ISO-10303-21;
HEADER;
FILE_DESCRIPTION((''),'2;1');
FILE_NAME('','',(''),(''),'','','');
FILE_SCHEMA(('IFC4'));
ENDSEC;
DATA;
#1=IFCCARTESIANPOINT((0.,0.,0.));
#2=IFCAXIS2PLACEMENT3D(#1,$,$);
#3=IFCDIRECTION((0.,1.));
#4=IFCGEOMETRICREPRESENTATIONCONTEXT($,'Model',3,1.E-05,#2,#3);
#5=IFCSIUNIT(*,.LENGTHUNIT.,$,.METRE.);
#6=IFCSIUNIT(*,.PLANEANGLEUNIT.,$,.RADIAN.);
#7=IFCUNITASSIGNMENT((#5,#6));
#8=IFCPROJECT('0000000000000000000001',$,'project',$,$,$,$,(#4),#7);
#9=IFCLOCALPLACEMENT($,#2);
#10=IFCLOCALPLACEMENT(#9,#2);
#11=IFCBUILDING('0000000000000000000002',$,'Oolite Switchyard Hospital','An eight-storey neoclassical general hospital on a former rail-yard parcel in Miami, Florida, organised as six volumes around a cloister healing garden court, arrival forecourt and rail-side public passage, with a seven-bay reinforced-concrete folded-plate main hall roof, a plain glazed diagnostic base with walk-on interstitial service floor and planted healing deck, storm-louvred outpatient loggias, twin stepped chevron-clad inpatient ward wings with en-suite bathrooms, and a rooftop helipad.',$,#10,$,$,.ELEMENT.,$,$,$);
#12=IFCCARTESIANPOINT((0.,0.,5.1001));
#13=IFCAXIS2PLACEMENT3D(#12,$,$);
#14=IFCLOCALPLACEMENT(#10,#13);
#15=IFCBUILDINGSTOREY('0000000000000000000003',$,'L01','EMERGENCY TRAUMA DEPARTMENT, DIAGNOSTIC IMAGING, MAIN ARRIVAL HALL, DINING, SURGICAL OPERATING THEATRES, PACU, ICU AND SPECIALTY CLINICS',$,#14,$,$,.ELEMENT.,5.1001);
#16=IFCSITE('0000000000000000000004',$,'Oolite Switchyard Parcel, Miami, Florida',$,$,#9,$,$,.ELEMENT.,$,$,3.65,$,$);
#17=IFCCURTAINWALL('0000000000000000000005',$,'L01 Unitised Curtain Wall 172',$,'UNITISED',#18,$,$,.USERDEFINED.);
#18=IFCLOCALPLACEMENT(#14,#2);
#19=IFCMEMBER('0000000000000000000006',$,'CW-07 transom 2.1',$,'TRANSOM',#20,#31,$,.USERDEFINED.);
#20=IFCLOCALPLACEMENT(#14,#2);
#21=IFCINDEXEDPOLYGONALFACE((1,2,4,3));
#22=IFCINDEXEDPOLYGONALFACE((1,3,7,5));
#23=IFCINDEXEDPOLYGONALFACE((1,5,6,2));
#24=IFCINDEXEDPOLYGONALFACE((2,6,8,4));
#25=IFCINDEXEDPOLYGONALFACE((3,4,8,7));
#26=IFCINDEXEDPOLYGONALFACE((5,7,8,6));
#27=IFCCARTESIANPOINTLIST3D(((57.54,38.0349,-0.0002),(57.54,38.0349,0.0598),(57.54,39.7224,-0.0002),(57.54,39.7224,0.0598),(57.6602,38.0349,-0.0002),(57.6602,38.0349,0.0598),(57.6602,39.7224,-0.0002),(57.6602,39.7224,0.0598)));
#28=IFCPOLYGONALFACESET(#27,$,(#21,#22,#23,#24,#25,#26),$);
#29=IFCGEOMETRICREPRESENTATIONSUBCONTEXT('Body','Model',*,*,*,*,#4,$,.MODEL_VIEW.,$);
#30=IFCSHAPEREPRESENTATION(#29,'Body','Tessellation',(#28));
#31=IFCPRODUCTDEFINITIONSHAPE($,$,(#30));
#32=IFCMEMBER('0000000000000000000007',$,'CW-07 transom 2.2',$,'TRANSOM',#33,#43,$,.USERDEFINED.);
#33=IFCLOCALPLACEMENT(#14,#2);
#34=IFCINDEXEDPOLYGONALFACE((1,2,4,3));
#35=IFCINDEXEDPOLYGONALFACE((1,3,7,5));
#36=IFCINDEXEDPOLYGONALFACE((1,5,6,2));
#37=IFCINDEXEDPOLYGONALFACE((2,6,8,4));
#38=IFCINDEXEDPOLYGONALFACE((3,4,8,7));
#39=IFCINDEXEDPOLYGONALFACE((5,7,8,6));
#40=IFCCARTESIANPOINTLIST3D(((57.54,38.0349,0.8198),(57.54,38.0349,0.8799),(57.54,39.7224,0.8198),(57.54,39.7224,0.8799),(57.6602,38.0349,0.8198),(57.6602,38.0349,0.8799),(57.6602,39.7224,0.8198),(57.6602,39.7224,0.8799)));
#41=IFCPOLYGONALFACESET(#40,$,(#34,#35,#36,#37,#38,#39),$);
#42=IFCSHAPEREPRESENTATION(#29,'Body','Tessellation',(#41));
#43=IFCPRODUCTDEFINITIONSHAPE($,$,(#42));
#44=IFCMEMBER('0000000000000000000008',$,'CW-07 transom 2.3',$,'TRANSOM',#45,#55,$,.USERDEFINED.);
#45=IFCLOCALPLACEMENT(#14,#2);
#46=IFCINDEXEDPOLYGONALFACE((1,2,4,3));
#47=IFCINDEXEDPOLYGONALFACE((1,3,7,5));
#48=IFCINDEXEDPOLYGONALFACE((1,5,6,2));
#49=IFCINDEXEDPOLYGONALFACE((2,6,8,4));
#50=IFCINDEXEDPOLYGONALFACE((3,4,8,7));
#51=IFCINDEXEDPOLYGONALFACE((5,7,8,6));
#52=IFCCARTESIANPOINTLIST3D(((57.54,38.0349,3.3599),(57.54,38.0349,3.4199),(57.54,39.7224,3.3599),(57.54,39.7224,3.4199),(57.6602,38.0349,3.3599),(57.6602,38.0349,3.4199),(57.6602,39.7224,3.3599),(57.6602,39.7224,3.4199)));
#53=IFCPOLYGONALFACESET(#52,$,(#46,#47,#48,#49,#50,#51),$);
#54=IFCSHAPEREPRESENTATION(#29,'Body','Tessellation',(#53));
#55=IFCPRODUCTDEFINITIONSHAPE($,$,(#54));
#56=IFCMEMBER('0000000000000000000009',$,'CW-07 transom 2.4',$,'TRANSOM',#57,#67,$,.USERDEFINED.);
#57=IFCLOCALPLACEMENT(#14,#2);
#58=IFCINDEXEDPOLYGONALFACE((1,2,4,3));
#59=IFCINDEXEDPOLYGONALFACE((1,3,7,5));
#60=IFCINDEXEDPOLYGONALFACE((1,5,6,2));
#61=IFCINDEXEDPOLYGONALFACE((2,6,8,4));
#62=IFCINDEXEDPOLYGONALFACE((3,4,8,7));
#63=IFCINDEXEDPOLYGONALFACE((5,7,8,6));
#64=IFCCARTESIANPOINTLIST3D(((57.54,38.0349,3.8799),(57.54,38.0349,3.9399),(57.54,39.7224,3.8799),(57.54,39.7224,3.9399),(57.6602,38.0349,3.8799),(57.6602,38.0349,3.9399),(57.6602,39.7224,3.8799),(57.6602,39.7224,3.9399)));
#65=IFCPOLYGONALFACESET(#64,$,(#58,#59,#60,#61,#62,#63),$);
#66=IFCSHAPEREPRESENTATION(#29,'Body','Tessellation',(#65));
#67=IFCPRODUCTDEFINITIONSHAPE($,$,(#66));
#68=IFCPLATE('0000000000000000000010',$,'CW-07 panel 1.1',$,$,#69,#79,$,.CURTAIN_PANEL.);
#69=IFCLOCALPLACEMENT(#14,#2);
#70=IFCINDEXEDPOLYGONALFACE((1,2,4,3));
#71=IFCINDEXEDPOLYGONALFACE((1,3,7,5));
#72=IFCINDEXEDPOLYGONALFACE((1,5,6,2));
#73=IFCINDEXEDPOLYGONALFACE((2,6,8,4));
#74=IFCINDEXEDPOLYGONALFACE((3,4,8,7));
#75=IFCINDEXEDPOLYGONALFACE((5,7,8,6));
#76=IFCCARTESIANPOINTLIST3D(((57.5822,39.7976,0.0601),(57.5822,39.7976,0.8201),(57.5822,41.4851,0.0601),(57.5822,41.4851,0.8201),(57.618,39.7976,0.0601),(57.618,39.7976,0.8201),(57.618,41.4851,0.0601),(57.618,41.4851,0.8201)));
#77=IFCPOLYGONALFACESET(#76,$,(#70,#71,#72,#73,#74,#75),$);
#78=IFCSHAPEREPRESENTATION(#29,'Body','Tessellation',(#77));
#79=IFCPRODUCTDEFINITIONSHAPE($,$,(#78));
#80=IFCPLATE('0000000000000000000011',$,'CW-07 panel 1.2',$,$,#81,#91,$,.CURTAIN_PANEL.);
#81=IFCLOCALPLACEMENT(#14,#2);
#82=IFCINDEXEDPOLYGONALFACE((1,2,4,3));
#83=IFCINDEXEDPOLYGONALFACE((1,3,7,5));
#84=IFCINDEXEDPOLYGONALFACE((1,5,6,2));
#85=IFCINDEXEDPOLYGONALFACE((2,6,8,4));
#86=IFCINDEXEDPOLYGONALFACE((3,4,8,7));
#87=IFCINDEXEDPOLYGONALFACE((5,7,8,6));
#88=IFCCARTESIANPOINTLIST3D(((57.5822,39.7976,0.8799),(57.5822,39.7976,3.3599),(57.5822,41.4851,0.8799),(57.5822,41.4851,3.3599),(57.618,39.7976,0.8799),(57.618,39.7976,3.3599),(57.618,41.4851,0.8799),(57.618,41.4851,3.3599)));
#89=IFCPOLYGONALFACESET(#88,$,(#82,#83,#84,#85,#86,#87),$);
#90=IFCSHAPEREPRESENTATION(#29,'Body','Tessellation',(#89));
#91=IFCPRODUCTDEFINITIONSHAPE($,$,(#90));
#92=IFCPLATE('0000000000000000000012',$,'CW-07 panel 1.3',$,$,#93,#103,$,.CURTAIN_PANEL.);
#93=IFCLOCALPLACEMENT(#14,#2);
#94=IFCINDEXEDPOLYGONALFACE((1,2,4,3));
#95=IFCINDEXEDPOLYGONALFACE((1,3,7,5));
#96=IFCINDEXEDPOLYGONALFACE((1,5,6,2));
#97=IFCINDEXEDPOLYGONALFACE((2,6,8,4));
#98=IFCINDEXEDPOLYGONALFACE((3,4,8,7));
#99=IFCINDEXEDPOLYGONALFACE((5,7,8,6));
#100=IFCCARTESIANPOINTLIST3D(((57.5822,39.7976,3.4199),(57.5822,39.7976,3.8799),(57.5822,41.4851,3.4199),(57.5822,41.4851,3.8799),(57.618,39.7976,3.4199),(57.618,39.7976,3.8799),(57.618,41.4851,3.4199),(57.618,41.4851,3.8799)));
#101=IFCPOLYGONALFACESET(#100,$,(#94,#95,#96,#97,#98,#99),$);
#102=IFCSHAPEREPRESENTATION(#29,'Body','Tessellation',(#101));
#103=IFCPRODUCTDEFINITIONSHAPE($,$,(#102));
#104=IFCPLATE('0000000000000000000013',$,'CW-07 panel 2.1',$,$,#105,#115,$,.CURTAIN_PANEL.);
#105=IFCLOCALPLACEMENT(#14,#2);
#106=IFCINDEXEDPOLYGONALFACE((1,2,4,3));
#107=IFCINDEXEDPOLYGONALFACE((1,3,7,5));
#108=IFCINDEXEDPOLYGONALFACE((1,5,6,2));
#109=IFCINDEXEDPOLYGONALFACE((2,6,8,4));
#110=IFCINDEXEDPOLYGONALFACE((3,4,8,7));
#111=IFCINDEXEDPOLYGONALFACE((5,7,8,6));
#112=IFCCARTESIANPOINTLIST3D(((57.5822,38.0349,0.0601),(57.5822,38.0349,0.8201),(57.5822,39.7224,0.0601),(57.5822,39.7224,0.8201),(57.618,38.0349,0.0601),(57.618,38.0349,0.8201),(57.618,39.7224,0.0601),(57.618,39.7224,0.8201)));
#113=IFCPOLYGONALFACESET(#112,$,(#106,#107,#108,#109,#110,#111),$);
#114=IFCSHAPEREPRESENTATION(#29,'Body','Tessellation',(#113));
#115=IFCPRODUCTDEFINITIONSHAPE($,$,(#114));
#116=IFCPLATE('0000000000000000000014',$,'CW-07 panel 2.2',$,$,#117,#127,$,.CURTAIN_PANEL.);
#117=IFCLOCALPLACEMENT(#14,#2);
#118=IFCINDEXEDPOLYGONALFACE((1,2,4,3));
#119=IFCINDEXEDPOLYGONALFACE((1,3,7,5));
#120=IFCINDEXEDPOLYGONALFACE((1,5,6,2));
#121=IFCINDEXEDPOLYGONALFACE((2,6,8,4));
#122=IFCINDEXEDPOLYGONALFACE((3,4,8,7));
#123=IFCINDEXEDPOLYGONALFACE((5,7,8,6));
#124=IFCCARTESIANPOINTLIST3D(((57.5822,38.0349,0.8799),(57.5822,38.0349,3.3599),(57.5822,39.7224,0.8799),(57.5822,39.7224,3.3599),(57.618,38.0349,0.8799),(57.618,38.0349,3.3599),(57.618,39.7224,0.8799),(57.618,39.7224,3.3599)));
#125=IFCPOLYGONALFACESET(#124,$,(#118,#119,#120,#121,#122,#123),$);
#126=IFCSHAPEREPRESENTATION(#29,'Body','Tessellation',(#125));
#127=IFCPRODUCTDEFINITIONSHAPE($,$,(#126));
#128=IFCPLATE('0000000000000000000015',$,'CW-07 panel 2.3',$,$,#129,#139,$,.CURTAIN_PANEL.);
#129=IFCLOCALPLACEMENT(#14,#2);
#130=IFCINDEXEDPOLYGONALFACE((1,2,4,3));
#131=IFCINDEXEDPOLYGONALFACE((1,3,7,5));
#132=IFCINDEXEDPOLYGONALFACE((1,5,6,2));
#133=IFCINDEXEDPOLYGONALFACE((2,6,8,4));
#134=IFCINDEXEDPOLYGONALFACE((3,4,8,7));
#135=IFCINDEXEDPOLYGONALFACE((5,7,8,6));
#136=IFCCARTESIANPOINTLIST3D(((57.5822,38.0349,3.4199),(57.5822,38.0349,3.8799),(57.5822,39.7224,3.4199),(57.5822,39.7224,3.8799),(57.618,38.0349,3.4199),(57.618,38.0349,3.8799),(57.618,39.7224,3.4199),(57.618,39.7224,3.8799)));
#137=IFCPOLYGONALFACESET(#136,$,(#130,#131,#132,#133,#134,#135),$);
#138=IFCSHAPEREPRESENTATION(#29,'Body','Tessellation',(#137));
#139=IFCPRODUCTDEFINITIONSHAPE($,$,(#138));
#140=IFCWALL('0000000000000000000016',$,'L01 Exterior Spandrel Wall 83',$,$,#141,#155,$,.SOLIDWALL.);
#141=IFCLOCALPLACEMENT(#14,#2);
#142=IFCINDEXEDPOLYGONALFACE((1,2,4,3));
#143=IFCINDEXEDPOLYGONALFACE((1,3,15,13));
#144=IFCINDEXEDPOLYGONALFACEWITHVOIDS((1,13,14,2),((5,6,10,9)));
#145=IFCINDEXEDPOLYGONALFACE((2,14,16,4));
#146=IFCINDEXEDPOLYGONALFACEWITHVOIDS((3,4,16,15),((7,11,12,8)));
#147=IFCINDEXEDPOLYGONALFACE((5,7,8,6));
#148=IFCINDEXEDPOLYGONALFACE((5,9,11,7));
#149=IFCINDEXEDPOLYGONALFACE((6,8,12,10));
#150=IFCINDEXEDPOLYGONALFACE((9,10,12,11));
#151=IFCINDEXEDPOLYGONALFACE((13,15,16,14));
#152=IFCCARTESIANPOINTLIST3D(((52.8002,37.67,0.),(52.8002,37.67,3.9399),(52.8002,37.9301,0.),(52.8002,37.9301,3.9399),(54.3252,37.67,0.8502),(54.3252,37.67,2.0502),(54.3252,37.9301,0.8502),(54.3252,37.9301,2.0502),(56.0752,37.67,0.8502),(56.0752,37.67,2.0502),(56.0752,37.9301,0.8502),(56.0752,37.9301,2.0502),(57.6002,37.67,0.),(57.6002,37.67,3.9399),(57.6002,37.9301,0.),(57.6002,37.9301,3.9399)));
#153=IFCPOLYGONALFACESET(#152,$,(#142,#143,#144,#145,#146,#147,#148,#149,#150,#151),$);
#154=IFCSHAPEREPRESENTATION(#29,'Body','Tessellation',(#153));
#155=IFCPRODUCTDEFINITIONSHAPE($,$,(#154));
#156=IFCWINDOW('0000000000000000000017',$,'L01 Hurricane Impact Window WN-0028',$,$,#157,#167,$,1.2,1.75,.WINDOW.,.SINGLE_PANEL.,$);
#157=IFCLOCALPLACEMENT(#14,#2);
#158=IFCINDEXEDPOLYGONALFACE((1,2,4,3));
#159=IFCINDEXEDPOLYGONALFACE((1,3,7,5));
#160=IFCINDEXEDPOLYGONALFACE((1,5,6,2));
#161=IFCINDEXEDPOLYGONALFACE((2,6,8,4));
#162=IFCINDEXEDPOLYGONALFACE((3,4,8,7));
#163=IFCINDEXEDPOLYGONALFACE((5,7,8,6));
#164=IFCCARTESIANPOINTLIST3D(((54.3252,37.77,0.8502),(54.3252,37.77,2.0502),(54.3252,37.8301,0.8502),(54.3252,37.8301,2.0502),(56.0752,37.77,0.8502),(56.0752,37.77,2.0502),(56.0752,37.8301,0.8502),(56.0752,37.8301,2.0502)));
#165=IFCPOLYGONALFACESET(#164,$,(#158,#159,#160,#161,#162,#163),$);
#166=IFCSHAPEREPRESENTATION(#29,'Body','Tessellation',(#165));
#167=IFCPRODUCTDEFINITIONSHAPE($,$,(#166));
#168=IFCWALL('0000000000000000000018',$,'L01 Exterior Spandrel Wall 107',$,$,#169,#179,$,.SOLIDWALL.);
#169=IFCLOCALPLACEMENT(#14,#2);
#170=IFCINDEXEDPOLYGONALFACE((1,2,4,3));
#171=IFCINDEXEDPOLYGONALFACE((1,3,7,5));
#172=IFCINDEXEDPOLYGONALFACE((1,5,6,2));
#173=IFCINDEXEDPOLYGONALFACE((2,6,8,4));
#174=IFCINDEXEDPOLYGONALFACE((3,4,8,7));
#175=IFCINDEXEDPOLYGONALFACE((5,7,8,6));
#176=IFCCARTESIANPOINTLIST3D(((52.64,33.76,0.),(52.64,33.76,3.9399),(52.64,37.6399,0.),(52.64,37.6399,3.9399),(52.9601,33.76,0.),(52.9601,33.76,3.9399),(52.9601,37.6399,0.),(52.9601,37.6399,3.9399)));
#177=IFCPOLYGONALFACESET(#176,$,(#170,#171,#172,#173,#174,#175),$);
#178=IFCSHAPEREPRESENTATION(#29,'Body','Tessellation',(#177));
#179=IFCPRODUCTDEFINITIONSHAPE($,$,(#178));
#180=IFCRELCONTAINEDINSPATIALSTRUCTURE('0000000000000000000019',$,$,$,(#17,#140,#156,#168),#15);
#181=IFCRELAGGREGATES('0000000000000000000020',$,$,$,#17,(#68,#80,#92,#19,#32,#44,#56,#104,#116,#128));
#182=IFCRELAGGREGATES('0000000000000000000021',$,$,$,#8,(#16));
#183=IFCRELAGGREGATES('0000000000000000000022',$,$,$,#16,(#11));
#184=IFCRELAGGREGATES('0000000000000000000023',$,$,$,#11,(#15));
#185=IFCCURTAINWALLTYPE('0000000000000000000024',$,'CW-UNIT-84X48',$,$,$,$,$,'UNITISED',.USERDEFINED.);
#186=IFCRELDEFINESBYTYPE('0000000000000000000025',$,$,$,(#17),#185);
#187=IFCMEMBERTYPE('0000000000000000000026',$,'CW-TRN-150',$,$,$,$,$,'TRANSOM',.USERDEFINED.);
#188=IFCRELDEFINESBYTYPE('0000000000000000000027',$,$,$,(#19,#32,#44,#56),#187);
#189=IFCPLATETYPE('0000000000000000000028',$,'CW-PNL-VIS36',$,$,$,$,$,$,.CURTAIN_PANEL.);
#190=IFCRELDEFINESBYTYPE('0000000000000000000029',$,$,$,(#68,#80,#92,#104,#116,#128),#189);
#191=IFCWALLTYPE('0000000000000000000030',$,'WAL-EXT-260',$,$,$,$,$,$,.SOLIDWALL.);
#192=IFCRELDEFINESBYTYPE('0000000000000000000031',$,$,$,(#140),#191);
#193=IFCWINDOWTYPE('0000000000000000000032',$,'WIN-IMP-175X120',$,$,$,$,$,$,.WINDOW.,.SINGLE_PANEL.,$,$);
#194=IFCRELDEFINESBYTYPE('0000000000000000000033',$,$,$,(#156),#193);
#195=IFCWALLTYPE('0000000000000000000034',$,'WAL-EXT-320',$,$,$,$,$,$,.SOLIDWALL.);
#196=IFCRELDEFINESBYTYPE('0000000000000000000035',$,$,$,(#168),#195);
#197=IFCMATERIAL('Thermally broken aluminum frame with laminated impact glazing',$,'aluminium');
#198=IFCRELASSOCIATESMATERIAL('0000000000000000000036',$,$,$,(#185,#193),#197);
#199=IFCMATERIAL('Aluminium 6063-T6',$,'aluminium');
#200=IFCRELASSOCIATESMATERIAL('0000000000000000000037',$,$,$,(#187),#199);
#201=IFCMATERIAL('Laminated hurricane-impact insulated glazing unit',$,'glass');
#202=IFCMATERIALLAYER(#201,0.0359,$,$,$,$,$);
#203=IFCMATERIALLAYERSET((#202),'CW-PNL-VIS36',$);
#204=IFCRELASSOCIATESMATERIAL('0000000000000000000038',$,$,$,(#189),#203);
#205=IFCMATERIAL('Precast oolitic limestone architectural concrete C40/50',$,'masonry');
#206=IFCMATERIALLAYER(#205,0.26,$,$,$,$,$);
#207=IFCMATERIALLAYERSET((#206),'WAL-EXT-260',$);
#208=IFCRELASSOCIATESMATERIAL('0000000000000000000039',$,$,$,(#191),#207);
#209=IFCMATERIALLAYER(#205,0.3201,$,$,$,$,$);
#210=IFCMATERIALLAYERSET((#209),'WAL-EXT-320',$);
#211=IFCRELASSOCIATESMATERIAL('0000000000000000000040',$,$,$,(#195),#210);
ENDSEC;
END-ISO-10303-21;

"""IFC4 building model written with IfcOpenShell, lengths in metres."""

from ifc_helpers import new_model, si_unit, direction, frame, frame_2d, origin, origin_2d, place, context, subcontext, project, spatial, rectangle, extrude, material, layer, layer_set, material_profile, profile_set, type_object, element, fill, aggregate, save


model = new_model("IFC4")

# Units and contexts
model_context = context("Model", 3, precision=1e-05, world=origin(), true_north=direction((0.0, 1.0)))
body_context = subcontext(model_context, "Body", "Model", "MODEL_VIEW")
ifc_project = project(units=[si_unit("LENGTHUNIT", "METRE"), si_unit("PLANEANGLEUNIT", "RADIAN")], contexts=[model_context])

# Site, building, storey
site_placement = place(None, origin())
site = spatial("IfcSite", under=ifc_project, at=site_placement, Name="Oolite Switchyard Parcel, Miami, Florida", CompositionType="ELEMENT", RefElevation=3.65)
building_placement = place(site_placement, origin())
building = spatial("IfcBuilding", under=site, at=building_placement, Name="Oolite Switchyard Hospital", Description="An eight-storey neoclassical general hospital on a former rail-yard parcel in Miami, Florida, organised as six volumes around a cloister healing garden court, arrival forecourt and rail-side public passage, with a seven-bay reinforced-concrete folded-plate main hall roof, a plain glazed diagnostic base with walk-on interstitial service floor and planted healing deck, storm-louvred outpatient loggias, twin stepped chevron-clad inpatient ward wings with en-suite bathrooms, and a rooftop helipad.", CompositionType="ELEMENT")
storey_placement = place(building_placement, frame((0.0, 0.0, 5.1001)))
storey = spatial("IfcBuildingStorey", under=building, at=storey_placement, Name="L01", Description="EMERGENCY TRAUMA DEPARTMENT, DIAGNOSTIC IMAGING, MAIN ARRIVAL HALL, DINING, SURGICAL OPERATING THEATRES, PACU, ICU AND SPECIALTY CLINICS", CompositionType="ELEMENT", Elevation=5.1001)

# Curtain wall, members, plates
ifc_material_1 = material(Name="Thermally broken aluminum frame with laminated impact glazing", Category="aluminium")
curtain_wall_type = type_object("IfcCurtainWallType", Name="CW-UNIT-84X48", ElementType="UNITISED", PredefinedType="USERDEFINED", material=ifc_material_1)
curtain_wall_placement = place(storey_placement, origin())
curtain_wall = element("IfcCurtainWall", 1, at=curtain_wall_placement, inside=storey, type_object=curtain_wall_type, Name="L01 Unitised Curtain Wall 172", ObjectType="UNITISED", PredefinedType="USERDEFINED")
ifc_material_2 = material(Name="Aluminium 6063-T6", Category="aluminium")
ifc_material_profile_1 = material_profile(ifc_material_2, rectangle(XDim=0.1201, YDim=0.0601, at=origin_2d()), Name="CWT60X120")
ifc_profile_set_1 = profile_set([ifc_material_profile_1], Name="Aluminium 6063-T6")
member_type_1 = type_object("IfcMemberType", Name="CW-TRN-150", ElementType="TRANSOM", PredefinedType="USERDEFINED", material=ifc_profile_set_1)
member_1_placement = place(storey_placement, frame((57.6001, 39.7224, 0.0298), z_axis=(0.0, -1.0, 0.0), x_axis=(1.0, 0.0, 0.0)))
member_1 = element("IfcMember", 2, at=member_1_placement, type_object=member_type_1, Name="CW-07 transom 2.1", ObjectType="TRANSOM", PredefinedType="USERDEFINED", context=body_context, shape_type="SweptSolid", body=[
    extrude(rectangle(XDim=0.1201, YDim=0.0601, at=origin_2d()), origin(), (0.0, 0.0, 1.0), 1.6875),
])
member_2_placement = place(storey_placement, frame((57.6001, 39.7224, 0.8499), z_axis=(0.0, -1.0, 0.0), x_axis=(1.0, 0.0, 0.0)))
member_2 = element("IfcMember", 3, at=member_2_placement, type_object=member_type_1, Name="CW-07 transom 2.2", ObjectType="TRANSOM", PredefinedType="USERDEFINED", context=body_context, shape_type="SweptSolid", body=[
    extrude(rectangle(XDim=0.1201, YDim=0.0601, at=origin_2d()), origin(), (0.0, 0.0, 1.0), 1.6875),
])
member_3_placement = place(storey_placement, frame((57.6001, 39.7224, 3.3899), z_axis=(0.0, -1.0, 0.0), x_axis=(1.0, 0.0, 0.0)))
member_3 = element("IfcMember", 4, at=member_3_placement, type_object=member_type_1, Name="CW-07 transom 2.3", ObjectType="TRANSOM", PredefinedType="USERDEFINED", context=body_context, shape_type="SweptSolid", body=[
    extrude(rectangle(XDim=0.1201, YDim=0.0601, at=origin_2d()), origin(), (0.0, 0.0, 1.0), 1.6875),
])
member_4_placement = place(storey_placement, frame((57.6001, 39.7224, 3.9099), z_axis=(0.0, -1.0, 0.0), x_axis=(1.0, 0.0, 0.0)))
member_4 = element("IfcMember", 5, at=member_4_placement, type_object=member_type_1, Name="CW-07 transom 2.4", ObjectType="TRANSOM", PredefinedType="USERDEFINED", context=body_context, shape_type="SweptSolid", body=[
    extrude(rectangle(XDim=0.1201, YDim=0.0601, at=origin_2d()), origin(), (0.0, 0.0, 1.0), 1.6875),
])
ifc_material_3 = material(Name="Laminated hurricane-impact insulated glazing unit", Category="glass")
ifc_layer_1 = layer(ifc_material_3, 0.0359)
ifc_layer_set_1 = layer_set([ifc_layer_1], Name="CW-PNL-VIS36")
plate_type = type_object("IfcPlateType", Name="CW-PNL-VIS36", PredefinedType="CURTAIN_PANEL", material=ifc_layer_set_1)
plate_1_placement = place(storey_placement, frame((57.6001, 40.6414, 0.0601), z_axis=(0.0, 0.0, 1.0), x_axis=(0.0, -1.0, 0.0)))
plate_1 = element("IfcPlate", 6, at=plate_1_placement, type_object=plate_type, Name="CW-07 panel 1.1", PredefinedType="CURTAIN_PANEL", context=body_context, shape_type="SweptSolid", body=[
    extrude(rectangle(XDim=1.6875, YDim=0.0359, at=origin_2d()), origin(), (0.0, 0.0, 1.0), 0.76),
])
plate_2_placement = place(storey_placement, frame((57.6001, 40.6414, 0.8799), z_axis=(0.0, 0.0, 1.0), x_axis=(0.0, -1.0, 0.0)))
plate_2 = element("IfcPlate", 7, at=plate_2_placement, type_object=plate_type, Name="CW-07 panel 1.2", PredefinedType="CURTAIN_PANEL", context=body_context, shape_type="SweptSolid", body=[
    extrude(rectangle(XDim=1.6875, YDim=0.0359, at=origin_2d()), origin(), (0.0, 0.0, 1.0), 2.48),
])
plate_3_placement = place(storey_placement, frame((57.6001, 40.6414, 3.4199), z_axis=(0.0, 0.0, 1.0), x_axis=(0.0, -1.0, 0.0)))
plate_3 = element("IfcPlate", 8, at=plate_3_placement, type_object=plate_type, Name="CW-07 panel 1.3", PredefinedType="CURTAIN_PANEL", context=body_context, shape_type="SweptSolid", body=[
    extrude(rectangle(XDim=1.6875, YDim=0.0359, at=origin_2d()), origin(), (0.0, 0.0, 1.0), 0.46),
])
plate_4_placement = place(storey_placement, frame((57.6001, 38.8787, 0.0601), z_axis=(0.0, 0.0, 1.0), x_axis=(0.0, -1.0, 0.0)))
plate_4 = element("IfcPlate", 9, at=plate_4_placement, type_object=plate_type, Name="CW-07 panel 2.1", PredefinedType="CURTAIN_PANEL", context=body_context, shape_type="SweptSolid", body=[
    extrude(rectangle(XDim=1.6875, YDim=0.0359, at=origin_2d()), origin(), (0.0, 0.0, 1.0), 0.76),
])
plate_5_placement = place(storey_placement, frame((57.6001, 38.8787, 0.8799), z_axis=(0.0, 0.0, 1.0), x_axis=(0.0, -1.0, 0.0)))
plate_5 = element("IfcPlate", 10, at=plate_5_placement, type_object=plate_type, Name="CW-07 panel 2.2", PredefinedType="CURTAIN_PANEL", context=body_context, shape_type="SweptSolid", body=[
    extrude(rectangle(XDim=1.6875, YDim=0.0359, at=origin_2d()), origin(), (0.0, 0.0, 1.0), 2.48),
])
plate_6_placement = place(storey_placement, frame((57.6001, 38.8787, 3.4199), z_axis=(0.0, 0.0, 1.0), x_axis=(0.0, -1.0, 0.0)))
plate_6 = element("IfcPlate", 11, at=plate_6_placement, type_object=plate_type, Name="CW-07 panel 2.3", PredefinedType="CURTAIN_PANEL", context=body_context, shape_type="SweptSolid", body=[
    extrude(rectangle(XDim=1.6875, YDim=0.0359, at=origin_2d()), origin(), (0.0, 0.0, 1.0), 0.46),
])
aggregate(curtain_wall, [plate_1, plate_2, plate_3, member_1, member_2, member_3, member_4, plate_4, plate_5, plate_6])

# Wall, opening, window
ifc_material_4 = material(Name="Precast oolitic limestone architectural concrete C40/50", Category="masonry")
ifc_layer_2 = layer(ifc_material_4, 0.26)
ifc_layer_set_2 = layer_set([ifc_layer_2], Name="WAL-EXT-260")
wall_type_1 = type_object("IfcWallType", Name="WAL-EXT-260", PredefinedType="SOLIDWALL", material=ifc_layer_set_2)
wall_1_placement = place(storey_placement, frame((57.6001, 37.8, 0.0), z_axis=(0.0, 0.0, 1.0), x_axis=(-1.0, 0.0, 0.0)))
wall_1 = element("IfcWall", 12, at=wall_1_placement, inside=storey, type_object=wall_type_1, Name="L01 Exterior Spandrel Wall 83", PredefinedType="SOLIDWALL", context=body_context, shape_type="SweptSolid", body=[
    extrude(rectangle(XDim=4.8, YDim=0.26, at=frame_2d((2.3999, 0.0))), origin(), (0.0, 0.0, 1.0), 3.9399),
])
opening_placement = place(wall_1_placement, frame((1.5249, 0.0, 0.8501)))
opening = element("IfcOpeningElement", 13, at=opening_placement, cuts=wall_1, PredefinedType="OPENING", context=body_context, shape_type="SweptSolid", body=[
    extrude(rectangle(XDim=1.75, YDim=1.2, at=frame_2d((0.875, 0.6001))), frame((0.0, 0.1401, 0.0), z_axis=(0.0, -1.0, 0.0), x_axis=(1.0, 0.0, 0.0)), (0.0, 0.0, 1.0), 0.28),
])
window_type = type_object("IfcWindowType", Name="WIN-IMP-175X120", PartitioningType="SINGLE_PANEL", PredefinedType="WINDOW", material=ifc_material_1)
window_placement = place(opening_placement, origin())
window = element("IfcWindow", 14, at=window_placement, inside=storey, type_object=window_type, Name="L01 Hurricane Impact Window WN-0028", OverallHeight=1.2, OverallWidth=1.75, PartitioningType="SINGLE_PANEL", PredefinedType="WINDOW", context=body_context, shape_type="SweptSolid", body=[
    extrude(rectangle(XDim=1.75, YDim=1.2, at=frame_2d((0.875, 0.6001))), frame((0.0, 0.03, 0.0), z_axis=(0.0, -1.0, 0.0), x_axis=(1.0, 0.0, 0.0)), (0.0, 0.0, 1.0), 0.0601),
])
fill(opening, window)

# Wall
ifc_layer_3 = layer(ifc_material_4, 0.3201)
ifc_layer_set_3 = layer_set([ifc_layer_3], Name="WAL-EXT-320")
wall_type_2 = type_object("IfcWallType", Name="WAL-EXT-320", PredefinedType="SOLIDWALL", material=ifc_layer_set_3)
wall_2_placement = place(storey_placement, frame((52.8, 37.6399, 0.0), z_axis=(0.0, 0.0, 1.0), x_axis=(0.0, -1.0, 0.0)))
element("IfcWall", 15, at=wall_2_placement, inside=storey, type_object=wall_type_2, Name="L01 Exterior Spandrel Wall 107", PredefinedType="SOLIDWALL", context=body_context, shape_type="SweptSolid", body=[
    extrude(rectangle(XDim=3.8799, YDim=0.3201, at=frame_2d((1.9399, 0.0))), origin(), (0.0, 0.0, 1.0), 3.9399),
])

save(model, "model.ifc")
